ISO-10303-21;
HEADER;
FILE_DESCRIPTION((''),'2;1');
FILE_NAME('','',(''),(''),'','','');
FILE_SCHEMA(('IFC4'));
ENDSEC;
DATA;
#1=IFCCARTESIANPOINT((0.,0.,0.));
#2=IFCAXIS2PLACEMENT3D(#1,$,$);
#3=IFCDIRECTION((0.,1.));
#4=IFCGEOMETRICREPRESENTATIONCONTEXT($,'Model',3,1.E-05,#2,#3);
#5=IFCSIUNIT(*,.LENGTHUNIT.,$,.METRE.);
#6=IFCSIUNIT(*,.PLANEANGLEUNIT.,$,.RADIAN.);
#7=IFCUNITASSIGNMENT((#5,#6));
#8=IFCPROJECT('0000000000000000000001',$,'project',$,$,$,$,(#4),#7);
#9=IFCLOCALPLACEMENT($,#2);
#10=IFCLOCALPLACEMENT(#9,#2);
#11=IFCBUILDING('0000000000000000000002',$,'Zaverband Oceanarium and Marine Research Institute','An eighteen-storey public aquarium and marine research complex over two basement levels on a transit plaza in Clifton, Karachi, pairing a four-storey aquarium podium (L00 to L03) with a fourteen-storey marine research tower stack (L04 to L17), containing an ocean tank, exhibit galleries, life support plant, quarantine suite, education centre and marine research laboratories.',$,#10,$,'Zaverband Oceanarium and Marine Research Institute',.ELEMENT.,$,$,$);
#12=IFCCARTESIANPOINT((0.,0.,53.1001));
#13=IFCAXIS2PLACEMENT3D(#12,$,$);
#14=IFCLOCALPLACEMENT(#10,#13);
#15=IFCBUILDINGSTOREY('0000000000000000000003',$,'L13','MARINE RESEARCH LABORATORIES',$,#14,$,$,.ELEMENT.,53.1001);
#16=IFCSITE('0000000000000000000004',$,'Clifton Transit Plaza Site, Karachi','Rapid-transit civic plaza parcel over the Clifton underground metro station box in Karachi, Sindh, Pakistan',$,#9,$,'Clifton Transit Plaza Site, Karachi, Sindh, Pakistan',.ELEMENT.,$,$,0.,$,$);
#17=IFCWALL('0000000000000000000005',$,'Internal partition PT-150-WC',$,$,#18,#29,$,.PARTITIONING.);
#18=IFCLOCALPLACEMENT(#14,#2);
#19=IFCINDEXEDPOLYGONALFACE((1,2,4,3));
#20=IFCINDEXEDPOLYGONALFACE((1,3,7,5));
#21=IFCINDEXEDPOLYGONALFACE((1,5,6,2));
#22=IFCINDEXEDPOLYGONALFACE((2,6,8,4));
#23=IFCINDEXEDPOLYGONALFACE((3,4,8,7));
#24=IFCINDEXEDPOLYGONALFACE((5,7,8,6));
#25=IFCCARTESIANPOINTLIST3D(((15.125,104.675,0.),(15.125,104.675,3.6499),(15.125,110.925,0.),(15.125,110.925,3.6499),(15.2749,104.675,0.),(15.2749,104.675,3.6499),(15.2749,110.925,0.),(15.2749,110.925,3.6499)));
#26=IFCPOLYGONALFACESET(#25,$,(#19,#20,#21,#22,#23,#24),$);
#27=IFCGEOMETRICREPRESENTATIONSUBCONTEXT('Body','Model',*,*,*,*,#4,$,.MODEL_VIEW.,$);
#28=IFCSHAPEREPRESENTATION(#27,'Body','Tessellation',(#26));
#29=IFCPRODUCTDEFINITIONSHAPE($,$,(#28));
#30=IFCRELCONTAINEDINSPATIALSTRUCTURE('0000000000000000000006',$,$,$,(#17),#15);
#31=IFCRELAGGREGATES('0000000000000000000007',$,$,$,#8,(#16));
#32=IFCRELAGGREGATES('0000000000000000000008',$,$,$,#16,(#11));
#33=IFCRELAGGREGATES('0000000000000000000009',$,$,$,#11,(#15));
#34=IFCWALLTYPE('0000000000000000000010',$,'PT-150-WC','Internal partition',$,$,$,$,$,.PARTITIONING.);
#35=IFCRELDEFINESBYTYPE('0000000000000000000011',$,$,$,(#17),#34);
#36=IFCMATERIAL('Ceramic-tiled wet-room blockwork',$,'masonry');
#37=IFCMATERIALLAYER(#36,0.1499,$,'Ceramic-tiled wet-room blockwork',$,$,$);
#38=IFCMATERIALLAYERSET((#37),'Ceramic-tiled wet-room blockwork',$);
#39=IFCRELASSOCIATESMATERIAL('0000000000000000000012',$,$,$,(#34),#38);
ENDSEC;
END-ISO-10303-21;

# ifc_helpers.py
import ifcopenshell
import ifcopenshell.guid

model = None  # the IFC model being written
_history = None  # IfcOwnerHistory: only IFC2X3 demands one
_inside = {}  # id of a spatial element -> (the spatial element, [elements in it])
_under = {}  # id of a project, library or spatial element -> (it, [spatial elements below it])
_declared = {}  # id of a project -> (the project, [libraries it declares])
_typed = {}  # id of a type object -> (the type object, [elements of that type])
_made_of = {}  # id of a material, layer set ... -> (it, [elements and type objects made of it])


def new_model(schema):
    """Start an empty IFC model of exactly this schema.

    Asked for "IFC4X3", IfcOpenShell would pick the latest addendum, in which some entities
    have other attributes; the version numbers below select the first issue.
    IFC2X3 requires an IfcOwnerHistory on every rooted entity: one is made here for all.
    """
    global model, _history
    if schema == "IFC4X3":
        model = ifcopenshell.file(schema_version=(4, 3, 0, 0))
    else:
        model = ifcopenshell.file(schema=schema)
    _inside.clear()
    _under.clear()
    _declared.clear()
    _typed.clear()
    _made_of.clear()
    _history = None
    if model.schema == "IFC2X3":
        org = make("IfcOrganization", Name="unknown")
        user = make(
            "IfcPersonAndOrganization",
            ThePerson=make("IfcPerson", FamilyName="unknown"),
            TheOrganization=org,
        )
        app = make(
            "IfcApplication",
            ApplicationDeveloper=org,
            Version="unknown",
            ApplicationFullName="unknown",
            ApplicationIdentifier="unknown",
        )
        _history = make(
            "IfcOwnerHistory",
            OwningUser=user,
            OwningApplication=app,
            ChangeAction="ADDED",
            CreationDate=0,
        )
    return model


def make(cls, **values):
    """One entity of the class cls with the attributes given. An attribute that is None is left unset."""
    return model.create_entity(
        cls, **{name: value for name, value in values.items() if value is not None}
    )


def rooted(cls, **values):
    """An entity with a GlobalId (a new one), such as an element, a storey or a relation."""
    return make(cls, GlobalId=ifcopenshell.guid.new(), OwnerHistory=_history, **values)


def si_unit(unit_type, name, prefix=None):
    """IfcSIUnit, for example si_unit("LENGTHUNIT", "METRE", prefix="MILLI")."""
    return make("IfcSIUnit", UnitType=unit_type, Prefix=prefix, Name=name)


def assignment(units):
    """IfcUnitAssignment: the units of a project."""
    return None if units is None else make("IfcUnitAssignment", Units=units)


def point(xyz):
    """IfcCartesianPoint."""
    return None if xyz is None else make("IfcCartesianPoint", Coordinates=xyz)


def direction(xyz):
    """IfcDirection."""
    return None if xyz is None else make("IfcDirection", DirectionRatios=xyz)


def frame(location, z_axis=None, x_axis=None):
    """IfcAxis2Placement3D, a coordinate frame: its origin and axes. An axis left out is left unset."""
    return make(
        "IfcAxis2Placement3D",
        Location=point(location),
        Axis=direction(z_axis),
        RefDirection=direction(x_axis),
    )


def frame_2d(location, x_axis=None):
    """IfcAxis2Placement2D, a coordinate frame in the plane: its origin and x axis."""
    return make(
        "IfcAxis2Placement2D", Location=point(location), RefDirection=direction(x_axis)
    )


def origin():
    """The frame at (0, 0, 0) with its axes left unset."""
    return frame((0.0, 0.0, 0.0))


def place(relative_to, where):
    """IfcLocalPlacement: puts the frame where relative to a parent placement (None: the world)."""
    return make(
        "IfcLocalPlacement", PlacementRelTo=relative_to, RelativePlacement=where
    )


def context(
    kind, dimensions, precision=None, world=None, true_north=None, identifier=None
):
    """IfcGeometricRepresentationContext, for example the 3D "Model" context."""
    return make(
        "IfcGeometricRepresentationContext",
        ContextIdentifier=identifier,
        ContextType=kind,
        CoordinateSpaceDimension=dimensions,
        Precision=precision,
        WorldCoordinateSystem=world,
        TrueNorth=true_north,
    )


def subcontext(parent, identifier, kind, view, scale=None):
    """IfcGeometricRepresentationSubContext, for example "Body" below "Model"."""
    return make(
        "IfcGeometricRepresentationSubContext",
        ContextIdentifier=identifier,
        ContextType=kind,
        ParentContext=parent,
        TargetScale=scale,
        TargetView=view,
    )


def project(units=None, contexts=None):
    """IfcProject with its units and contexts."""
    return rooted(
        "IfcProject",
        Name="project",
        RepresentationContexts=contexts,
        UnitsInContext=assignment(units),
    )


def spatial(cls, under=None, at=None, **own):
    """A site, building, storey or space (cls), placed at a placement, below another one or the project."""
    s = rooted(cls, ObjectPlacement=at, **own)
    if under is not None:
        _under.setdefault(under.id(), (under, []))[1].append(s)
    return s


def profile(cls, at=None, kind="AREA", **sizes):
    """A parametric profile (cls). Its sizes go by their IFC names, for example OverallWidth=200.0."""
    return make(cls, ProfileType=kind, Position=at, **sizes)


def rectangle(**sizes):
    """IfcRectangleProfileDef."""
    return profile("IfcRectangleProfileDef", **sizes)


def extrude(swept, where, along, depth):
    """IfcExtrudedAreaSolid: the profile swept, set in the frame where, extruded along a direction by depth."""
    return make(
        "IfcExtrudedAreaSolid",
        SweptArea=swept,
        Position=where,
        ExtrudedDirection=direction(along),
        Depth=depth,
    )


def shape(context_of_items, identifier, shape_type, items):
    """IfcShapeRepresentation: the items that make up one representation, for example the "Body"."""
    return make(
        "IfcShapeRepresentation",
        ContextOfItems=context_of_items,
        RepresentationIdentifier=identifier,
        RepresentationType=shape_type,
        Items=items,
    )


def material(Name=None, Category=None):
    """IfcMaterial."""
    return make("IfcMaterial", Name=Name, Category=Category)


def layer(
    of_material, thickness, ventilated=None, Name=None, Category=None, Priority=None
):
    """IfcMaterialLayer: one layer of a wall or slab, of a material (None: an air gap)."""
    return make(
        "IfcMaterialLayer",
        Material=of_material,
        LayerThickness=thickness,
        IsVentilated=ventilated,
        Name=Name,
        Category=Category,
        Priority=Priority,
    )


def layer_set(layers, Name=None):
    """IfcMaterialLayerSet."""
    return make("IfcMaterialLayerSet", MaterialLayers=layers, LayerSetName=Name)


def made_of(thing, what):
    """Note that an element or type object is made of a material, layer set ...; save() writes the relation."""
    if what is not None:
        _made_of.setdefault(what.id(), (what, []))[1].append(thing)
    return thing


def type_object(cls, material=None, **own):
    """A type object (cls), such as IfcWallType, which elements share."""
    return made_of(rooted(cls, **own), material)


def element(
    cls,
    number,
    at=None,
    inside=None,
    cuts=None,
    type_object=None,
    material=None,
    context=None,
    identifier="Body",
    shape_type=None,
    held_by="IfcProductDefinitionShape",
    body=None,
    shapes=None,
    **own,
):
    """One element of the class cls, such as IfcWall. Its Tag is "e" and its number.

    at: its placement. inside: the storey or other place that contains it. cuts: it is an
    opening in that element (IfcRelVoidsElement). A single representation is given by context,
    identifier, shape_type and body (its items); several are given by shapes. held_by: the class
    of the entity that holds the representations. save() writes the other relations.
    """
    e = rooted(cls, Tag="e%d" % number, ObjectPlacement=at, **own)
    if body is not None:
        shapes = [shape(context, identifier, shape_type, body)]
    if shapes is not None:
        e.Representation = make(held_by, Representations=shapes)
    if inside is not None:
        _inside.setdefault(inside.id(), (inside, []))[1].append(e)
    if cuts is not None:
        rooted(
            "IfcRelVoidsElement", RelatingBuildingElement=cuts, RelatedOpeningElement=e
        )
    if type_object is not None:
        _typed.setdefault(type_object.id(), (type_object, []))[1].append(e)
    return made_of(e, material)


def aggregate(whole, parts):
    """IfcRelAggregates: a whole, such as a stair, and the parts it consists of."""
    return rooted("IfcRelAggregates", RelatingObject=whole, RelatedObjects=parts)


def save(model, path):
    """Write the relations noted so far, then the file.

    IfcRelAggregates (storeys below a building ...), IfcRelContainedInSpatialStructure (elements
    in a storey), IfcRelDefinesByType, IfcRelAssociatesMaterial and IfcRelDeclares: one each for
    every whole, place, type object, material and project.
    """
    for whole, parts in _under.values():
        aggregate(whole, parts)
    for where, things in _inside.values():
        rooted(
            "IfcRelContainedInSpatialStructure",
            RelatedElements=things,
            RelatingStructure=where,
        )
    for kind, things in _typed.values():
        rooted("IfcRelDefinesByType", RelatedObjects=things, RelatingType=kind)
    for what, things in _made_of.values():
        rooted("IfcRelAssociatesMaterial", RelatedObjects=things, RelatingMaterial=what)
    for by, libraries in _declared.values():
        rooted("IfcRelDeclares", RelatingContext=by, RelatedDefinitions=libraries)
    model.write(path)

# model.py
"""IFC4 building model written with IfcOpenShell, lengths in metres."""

from ifc_helpers import new_model, si_unit, direction, frame, frame_2d, origin, place, context, subcontext, project, spatial, rectangle, extrude, material, layer, layer_set, type_object, element, save


model = new_model("IFC4")

# Units and contexts
model_context = context("Model", 3, precision=1e-05, world=origin(), true_north=direction((0.0, 1.0)))
body_context = subcontext(model_context, "Body", "Model", "MODEL_VIEW")
ifc_project = project(units=[si_unit("LENGTHUNIT", "METRE"), si_unit("PLANEANGLEUNIT", "RADIAN")], contexts=[model_context])

# Site, building, storey
site_placement = place(None, origin())
site = spatial("IfcSite", under=ifc_project, at=site_placement, Name="Clifton Transit Plaza Site, Karachi", Description="Rapid-transit civic plaza parcel over the Clifton underground metro station box in Karachi, Sindh, Pakistan", LongName="Clifton Transit Plaza Site, Karachi, Sindh, Pakistan", CompositionType="ELEMENT", RefElevation=0.0)
building_placement = place(site_placement, origin())
building = spatial("IfcBuilding", under=site, at=building_placement, Name="Zaverband Oceanarium and Marine Research Institute", Description="An eighteen-storey public aquarium and marine research complex over two basement levels on a transit plaza in Clifton, Karachi, pairing a four-storey aquarium podium (L00 to L03) with a fourteen-storey marine research tower stack (L04 to L17), containing an ocean tank, exhibit galleries, life support plant, quarantine suite, education centre and marine research laboratories.", LongName="Zaverband Oceanarium and Marine Research Institute", CompositionType="ELEMENT")
storey_placement = place(building_placement, frame((0.0, 0.0, 53.1001)))
storey = spatial("IfcBuildingStorey", under=building, at=storey_placement, Name="L13", Description="MARINE RESEARCH LABORATORIES", CompositionType="ELEMENT", Elevation=53.1001)

# Shared definitions
ifc_material_1 = material(Name="Ceramic-tiled wet-room blockwork", Category="masonry")
ifc_layer_1 = layer(ifc_material_1, 0.1499, Name="Ceramic-tiled wet-room blockwork")
ifc_layer_set_1 = layer_set([ifc_layer_1], Name="Ceramic-tiled wet-room blockwork")
wall_type = type_object("IfcWallType", Name="PT-150-WC", Description="Internal partition", PredefinedType="PARTITIONING", material=ifc_layer_set_1)

# Wall
wall_1_placement = place(storey_placement, frame((15.2, 104.675, 0.0), z_axis=(0.0, 0.0, 1.0), x_axis=(0.0, 1.0, 0.0)))
element("IfcWall", 1, at=wall_1_placement, inside=storey, type_object=wall_type, Name="Internal partition PT-150-WC", PredefinedType="PARTITIONING", context=body_context, shape_type="SweptSolid", body=[
    extrude(rectangle(XDim=6.25, YDim=0.1499, at=frame_2d((3.125, 0.0))), origin(), (0.0, 0.0, 1.0), 3.6499),
])

save(model, "model.ifc")
